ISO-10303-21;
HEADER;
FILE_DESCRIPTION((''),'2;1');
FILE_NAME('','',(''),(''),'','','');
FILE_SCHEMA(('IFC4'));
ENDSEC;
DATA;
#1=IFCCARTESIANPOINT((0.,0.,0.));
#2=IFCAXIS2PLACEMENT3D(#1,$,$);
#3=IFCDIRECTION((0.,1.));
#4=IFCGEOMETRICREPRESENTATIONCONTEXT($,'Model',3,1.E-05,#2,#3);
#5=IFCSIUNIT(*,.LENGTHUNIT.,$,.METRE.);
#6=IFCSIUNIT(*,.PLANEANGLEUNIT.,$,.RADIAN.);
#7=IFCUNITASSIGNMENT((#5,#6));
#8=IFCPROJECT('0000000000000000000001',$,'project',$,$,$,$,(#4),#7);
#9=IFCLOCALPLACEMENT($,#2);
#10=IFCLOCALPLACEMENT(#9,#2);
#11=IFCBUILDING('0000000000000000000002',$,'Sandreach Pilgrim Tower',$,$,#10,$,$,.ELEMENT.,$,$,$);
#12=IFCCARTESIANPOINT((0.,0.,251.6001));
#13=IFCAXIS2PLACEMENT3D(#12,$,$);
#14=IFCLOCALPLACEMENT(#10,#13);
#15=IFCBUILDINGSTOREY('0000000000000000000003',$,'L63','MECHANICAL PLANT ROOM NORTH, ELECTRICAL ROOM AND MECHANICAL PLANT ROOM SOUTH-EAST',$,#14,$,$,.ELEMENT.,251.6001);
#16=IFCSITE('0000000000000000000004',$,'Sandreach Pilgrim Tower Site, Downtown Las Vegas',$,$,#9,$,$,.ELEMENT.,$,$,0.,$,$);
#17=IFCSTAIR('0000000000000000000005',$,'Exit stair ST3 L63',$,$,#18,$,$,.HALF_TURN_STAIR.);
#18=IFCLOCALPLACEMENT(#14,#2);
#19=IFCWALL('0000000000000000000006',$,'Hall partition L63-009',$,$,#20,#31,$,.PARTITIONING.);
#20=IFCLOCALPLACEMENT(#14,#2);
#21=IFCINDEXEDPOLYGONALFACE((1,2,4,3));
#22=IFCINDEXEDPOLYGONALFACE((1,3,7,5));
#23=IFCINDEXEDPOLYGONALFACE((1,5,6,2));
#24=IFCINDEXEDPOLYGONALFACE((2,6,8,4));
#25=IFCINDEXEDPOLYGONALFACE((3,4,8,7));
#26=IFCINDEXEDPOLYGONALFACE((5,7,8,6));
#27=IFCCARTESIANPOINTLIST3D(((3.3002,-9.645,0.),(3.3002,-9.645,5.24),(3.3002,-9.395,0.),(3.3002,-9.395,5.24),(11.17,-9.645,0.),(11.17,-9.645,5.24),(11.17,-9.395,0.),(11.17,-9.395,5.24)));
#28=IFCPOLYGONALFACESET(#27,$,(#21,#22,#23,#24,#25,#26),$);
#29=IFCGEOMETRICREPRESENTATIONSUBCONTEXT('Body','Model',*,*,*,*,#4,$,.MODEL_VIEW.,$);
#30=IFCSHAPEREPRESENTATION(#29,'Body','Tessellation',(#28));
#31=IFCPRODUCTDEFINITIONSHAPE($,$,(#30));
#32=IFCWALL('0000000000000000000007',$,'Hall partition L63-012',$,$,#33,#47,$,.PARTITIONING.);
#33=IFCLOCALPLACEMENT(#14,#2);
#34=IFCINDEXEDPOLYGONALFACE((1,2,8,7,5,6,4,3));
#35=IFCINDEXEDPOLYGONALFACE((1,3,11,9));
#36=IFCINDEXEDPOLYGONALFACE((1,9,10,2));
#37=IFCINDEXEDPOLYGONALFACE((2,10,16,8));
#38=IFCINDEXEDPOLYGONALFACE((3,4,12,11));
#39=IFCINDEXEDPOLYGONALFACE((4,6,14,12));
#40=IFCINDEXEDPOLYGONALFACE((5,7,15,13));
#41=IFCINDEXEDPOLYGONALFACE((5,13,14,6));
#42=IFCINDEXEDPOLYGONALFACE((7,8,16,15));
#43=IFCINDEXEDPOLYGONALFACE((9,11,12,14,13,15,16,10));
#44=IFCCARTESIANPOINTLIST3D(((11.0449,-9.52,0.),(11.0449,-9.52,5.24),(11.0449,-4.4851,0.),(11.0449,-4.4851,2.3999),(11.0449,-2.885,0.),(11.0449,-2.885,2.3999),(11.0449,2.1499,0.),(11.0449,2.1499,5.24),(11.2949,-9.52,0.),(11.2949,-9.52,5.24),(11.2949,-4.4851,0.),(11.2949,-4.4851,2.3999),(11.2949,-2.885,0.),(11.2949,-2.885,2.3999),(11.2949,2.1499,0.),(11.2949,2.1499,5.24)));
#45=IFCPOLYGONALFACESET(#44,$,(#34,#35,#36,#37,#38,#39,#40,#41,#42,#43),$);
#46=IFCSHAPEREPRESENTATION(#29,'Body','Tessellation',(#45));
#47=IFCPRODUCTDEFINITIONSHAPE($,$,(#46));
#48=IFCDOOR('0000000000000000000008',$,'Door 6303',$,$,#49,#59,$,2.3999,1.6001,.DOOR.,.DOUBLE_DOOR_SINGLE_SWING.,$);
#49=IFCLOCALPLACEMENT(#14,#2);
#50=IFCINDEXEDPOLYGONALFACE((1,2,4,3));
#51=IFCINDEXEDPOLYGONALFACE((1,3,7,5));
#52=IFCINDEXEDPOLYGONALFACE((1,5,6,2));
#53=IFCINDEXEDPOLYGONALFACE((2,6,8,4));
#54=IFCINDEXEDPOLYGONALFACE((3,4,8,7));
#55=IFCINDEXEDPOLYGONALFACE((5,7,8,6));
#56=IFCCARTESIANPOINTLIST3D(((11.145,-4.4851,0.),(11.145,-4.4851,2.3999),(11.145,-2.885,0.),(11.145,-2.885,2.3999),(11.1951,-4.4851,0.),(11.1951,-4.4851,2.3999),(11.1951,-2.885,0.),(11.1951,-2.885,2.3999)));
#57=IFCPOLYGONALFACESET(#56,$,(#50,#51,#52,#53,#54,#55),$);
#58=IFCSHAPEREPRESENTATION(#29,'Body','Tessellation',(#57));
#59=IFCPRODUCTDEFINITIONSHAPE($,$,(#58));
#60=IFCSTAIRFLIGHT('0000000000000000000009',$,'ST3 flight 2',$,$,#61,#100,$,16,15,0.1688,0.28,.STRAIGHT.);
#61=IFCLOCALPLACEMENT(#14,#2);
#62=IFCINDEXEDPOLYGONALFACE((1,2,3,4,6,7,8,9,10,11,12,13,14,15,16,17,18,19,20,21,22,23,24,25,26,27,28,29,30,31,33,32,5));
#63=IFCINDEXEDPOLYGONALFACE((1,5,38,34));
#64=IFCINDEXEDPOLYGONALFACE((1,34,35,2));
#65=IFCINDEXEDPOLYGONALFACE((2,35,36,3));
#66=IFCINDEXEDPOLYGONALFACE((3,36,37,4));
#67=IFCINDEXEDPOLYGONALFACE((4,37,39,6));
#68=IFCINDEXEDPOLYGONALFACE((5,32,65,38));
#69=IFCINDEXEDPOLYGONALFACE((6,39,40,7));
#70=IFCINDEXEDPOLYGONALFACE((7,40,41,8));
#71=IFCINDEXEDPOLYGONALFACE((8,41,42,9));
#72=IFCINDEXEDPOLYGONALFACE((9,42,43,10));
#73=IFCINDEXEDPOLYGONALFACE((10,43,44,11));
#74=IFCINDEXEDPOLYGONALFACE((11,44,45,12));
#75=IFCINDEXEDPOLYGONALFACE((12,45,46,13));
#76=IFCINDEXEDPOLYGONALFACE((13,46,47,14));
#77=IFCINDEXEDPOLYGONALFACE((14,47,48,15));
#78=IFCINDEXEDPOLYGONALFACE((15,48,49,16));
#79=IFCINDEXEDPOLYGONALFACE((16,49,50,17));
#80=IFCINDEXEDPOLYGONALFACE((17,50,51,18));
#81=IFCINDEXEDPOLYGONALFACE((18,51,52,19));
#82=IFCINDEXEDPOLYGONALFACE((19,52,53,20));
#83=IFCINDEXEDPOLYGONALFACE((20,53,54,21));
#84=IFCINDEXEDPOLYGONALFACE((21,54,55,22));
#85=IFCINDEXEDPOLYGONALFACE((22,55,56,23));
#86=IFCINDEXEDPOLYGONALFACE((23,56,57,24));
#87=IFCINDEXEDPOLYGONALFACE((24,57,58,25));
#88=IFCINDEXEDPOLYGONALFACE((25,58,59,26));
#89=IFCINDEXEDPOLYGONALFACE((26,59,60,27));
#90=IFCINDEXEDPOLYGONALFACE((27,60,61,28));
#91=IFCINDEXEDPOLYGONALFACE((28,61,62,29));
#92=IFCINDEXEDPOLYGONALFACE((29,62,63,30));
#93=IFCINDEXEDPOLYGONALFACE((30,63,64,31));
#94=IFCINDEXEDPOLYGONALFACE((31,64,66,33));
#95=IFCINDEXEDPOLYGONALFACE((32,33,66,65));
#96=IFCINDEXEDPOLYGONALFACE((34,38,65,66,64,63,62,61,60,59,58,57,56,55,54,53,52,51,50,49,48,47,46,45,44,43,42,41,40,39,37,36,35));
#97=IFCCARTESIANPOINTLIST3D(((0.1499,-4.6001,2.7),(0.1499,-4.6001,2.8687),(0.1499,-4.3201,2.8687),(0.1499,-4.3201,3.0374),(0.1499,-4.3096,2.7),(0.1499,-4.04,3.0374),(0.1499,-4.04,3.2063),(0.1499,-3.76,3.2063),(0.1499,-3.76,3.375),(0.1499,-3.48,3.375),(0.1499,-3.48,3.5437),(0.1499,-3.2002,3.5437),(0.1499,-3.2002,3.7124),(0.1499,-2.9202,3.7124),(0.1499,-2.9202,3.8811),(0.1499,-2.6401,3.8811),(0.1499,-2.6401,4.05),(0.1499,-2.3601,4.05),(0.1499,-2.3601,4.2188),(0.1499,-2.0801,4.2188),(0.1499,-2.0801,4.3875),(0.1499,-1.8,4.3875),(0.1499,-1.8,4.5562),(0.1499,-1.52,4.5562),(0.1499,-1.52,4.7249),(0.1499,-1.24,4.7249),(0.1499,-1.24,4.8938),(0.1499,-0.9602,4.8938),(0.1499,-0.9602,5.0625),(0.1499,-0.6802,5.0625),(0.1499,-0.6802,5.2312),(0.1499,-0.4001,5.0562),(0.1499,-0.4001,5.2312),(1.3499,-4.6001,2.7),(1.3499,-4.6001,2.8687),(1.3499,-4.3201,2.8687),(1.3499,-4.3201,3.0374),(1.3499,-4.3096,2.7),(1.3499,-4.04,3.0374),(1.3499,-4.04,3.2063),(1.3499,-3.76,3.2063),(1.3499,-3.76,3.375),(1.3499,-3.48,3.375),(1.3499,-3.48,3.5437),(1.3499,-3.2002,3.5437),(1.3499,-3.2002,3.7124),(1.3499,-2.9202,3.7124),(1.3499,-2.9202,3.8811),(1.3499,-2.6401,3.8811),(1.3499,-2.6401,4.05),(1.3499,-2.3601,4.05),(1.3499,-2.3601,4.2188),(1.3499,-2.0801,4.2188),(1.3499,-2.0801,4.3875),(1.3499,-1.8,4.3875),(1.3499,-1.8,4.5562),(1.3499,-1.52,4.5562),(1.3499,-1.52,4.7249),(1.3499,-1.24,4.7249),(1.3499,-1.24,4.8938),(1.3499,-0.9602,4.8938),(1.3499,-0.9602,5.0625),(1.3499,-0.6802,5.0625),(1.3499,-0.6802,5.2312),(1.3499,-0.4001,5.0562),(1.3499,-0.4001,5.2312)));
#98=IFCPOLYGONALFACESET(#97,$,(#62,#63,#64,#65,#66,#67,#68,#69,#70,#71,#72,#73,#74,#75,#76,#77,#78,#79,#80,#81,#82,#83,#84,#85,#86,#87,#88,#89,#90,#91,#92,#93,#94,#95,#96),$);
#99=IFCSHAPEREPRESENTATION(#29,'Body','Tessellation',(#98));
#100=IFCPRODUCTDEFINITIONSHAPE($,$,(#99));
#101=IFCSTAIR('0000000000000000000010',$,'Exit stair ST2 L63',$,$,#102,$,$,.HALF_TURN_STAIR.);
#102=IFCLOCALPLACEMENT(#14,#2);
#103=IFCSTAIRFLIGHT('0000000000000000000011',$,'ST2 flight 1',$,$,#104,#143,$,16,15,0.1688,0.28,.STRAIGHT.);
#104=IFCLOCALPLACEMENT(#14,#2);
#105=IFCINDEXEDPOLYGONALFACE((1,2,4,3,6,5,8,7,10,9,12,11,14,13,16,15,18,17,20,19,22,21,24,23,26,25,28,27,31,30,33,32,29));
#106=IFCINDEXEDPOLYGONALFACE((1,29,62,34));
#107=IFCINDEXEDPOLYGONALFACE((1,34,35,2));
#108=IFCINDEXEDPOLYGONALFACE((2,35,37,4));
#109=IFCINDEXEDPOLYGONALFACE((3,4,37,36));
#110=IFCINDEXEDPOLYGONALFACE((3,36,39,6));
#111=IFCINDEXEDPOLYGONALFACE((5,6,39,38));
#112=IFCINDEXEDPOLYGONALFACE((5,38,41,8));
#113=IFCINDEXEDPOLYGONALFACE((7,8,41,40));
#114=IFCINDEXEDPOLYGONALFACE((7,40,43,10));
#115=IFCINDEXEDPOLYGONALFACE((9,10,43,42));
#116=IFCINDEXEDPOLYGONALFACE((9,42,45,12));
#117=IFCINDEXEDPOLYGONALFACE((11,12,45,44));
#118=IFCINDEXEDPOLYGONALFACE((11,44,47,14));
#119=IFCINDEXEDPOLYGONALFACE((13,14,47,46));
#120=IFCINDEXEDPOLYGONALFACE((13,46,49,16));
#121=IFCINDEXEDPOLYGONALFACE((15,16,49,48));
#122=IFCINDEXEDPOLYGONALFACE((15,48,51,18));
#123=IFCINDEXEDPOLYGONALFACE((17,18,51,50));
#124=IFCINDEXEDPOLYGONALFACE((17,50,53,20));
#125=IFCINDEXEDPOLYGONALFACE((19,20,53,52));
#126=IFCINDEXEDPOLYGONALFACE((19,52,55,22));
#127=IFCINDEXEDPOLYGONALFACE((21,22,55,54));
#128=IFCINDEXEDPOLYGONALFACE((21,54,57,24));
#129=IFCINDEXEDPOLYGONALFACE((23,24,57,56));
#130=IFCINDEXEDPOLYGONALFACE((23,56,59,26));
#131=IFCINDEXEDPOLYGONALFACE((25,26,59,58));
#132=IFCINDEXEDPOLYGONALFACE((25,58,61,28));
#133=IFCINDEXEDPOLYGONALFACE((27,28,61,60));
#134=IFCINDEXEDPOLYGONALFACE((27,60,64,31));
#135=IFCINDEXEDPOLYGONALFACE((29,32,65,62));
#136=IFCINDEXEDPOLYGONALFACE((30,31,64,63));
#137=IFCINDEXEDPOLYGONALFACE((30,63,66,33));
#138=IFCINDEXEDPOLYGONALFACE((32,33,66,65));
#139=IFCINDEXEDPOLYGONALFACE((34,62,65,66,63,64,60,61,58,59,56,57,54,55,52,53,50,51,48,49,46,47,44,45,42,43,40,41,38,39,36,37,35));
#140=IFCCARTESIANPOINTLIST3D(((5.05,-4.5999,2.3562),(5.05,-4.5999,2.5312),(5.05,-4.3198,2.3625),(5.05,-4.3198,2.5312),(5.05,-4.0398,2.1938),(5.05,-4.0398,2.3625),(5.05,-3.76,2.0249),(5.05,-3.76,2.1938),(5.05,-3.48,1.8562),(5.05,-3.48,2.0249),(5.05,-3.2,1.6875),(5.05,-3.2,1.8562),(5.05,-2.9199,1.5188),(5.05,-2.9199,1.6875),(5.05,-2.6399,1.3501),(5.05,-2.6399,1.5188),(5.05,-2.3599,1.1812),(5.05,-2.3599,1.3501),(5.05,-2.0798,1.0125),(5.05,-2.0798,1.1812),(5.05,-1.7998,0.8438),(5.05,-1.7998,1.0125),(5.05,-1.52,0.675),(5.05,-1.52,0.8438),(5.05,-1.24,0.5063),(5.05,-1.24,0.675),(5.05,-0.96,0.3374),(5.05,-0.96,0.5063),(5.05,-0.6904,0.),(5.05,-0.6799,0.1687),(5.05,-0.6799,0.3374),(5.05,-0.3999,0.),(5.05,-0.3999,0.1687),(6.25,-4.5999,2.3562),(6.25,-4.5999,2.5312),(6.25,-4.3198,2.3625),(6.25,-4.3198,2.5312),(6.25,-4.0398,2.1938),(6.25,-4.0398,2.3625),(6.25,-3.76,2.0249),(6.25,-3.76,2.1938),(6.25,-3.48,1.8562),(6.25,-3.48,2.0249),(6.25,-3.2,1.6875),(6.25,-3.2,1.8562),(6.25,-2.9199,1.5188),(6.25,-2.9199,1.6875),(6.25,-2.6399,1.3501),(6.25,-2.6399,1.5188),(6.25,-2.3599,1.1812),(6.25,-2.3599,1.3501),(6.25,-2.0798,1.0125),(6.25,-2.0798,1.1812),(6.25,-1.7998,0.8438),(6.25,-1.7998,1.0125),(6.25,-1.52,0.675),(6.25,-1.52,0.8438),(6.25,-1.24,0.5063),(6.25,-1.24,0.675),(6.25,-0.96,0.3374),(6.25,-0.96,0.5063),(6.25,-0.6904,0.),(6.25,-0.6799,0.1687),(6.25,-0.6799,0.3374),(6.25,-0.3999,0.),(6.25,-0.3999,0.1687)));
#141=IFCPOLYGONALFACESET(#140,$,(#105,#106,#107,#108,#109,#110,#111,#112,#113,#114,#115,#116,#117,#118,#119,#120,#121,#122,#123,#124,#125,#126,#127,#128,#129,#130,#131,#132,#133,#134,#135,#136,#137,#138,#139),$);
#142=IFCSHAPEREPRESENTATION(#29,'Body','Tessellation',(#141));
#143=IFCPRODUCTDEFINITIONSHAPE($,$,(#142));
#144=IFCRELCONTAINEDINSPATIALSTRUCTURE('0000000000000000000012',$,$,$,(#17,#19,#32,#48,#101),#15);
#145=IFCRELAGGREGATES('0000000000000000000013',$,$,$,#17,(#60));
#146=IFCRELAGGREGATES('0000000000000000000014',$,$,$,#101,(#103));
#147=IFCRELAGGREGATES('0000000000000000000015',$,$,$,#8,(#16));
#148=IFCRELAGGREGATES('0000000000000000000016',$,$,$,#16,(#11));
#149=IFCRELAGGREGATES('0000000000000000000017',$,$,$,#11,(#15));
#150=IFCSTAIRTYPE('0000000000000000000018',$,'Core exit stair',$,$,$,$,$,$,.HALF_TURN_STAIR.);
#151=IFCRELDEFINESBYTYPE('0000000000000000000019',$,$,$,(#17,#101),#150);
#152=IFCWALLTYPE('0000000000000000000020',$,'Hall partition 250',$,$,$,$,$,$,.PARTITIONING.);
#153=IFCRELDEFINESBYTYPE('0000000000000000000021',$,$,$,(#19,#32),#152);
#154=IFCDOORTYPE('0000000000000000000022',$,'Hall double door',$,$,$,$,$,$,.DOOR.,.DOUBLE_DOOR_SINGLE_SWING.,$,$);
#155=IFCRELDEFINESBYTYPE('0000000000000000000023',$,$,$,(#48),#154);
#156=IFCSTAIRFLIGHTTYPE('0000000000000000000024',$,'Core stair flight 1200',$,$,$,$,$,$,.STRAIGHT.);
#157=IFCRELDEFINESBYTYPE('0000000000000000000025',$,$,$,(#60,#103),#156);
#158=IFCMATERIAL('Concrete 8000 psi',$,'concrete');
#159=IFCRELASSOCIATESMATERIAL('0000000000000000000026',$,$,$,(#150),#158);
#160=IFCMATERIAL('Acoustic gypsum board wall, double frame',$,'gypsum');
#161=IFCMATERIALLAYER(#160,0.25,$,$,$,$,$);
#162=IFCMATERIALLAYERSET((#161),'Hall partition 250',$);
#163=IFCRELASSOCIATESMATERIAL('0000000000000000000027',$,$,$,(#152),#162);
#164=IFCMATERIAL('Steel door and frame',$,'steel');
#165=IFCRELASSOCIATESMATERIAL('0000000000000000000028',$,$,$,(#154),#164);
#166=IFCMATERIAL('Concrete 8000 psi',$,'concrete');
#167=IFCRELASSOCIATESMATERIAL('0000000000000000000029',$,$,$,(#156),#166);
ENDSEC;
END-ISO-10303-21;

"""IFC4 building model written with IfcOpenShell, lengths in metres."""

from ifc_helpers import new_model, si_unit, direction, frame, frame_2d, origin, place, context, subcontext, project, spatial, polyline, rectangle, outline, extrude, material, layer, layer_set, type_object, element, fill, aggregate, save


model = new_model("IFC4")

# Units and contexts
model_context = context("Model", 3, precision=1e-05, world=origin(), true_north=direction((0.0, 1.0)))
body_context = subcontext(model_context, "Body", "Model", "MODEL_VIEW")
ifc_project = project(units=[si_unit("LENGTHUNIT", "METRE"), si_unit("PLANEANGLEUNIT", "RADIAN")], contexts=[model_context])

# Site, building, storey
site_placement = place(None, origin())
site = spatial("IfcSite", under=ifc_project, at=site_placement, Name="Sandreach Pilgrim Tower Site, Downtown Las Vegas", CompositionType="ELEMENT", RefElevation=0.0)
building_placement = place(site_placement, origin())
building = spatial("IfcBuilding", under=site, at=building_placement, Name="Sandreach Pilgrim Tower", CompositionType="ELEMENT")
storey_placement = place(building_placement, frame((0.0, 0.0, 251.6001)))
storey = spatial("IfcBuildingStorey", under=building, at=storey_placement, Name="L63", Description="MECHANICAL PLANT ROOM NORTH, ELECTRICAL ROOM AND MECHANICAL PLANT ROOM SOUTH-EAST", CompositionType="ELEMENT", Elevation=251.6001)

# Stair
ifc_material_1 = material(Name="Concrete 8000 psi", Category="concrete")
stair_type = type_object("IfcStairType", Name="Core exit stair", PredefinedType="HALF_TURN_STAIR", material=ifc_material_1)
stair_1_placement = place(storey_placement, origin())
stair_1 = element("IfcStair", 1, at=stair_1_placement, inside=storey, type_object=stair_type, Name="Exit stair ST3 L63", PredefinedType="HALF_TURN_STAIR")

# Wall
ifc_material_2 = material(Name="Acoustic gypsum board wall, double frame", Category="gypsum")
ifc_layer_1 = layer(ifc_material_2, 0.25)
ifc_layer_set_1 = layer_set([ifc_layer_1], Name="Hall partition 250")
wall_type_1 = type_object("IfcWallType", Name="Hall partition 250", PredefinedType="PARTITIONING", material=ifc_layer_set_1)
wall_1_placement = place(storey_placement, frame((3.3, -9.52, 0.0), z_axis=(0.0, 0.0, 1.0), x_axis=(1.0, 0.0, 0.0)))
element("IfcWall", 2, at=wall_1_placement, inside=storey, type_object=wall_type_1, Name="Hall partition L63-009", PredefinedType="PARTITIONING", context=body_context, shape_type="SweptSolid", body=[
    extrude(rectangle(XDim=7.8699, YDim=0.25, at=frame_2d((3.9351, 0.0))), origin(), (0.0, 0.0, 1.0), 5.24),
])

# Wall, opening, door
wall_2_placement = place(storey_placement, frame((11.1699, -9.52, 0.0), z_axis=(0.0, 0.0, 1.0), x_axis=(0.0, 1.0, 0.0)))
wall_2 = element("IfcWall", 3, at=wall_2_placement, inside=storey, type_object=wall_type_1, Name="Hall partition L63-012", PredefinedType="PARTITIONING", context=body_context, shape_type="SweptSolid", body=[
    extrude(rectangle(XDim=11.6699, YDim=0.25, at=frame_2d((5.835, 0.0))), origin(), (0.0, 0.0, 1.0), 5.24),
])
opening_1_placement = place(wall_2_placement, frame((5.0349, 0.0, 0.0)))
opening_1 = element("IfcOpeningElement", 4, at=opening_1_placement, cuts=wall_2, PredefinedType="OPENING", context=body_context, shape_type="SweptSolid", body=[
    extrude(rectangle(XDim=1.6001, YDim=2.3999, at=frame_2d((0.8, 1.2))), frame((0.0, 0.125, 0.0), z_axis=(0.0, -1.0, 0.0), x_axis=(1.0, 0.0, 0.0)), (0.0, 0.0, 1.0), 0.25),
])
ifc_material_3 = material(Name="Steel door and frame", Category="steel")
door_type_1 = type_object("IfcDoorType", Name="Hall double door", OperationType="DOUBLE_DOOR_SINGLE_SWING", PredefinedType="DOOR", material=ifc_material_3)
door_1_placement = place(opening_1_placement, origin())
door_1 = element("IfcDoor", 5, at=door_1_placement, inside=storey, type_object=door_type_1, Name="Door 6303", OperationType="DOUBLE_DOOR_SINGLE_SWING", OverallHeight=2.3999, OverallWidth=1.6001, PredefinedType="DOOR", context=body_context, shape_type="SweptSolid", body=[
    extrude(rectangle(XDim=1.6001, YDim=2.3999, at=frame_2d((0.8, 1.2))), frame((0.0, 0.0249, 0.0), z_axis=(0.0, -1.0, 0.0), x_axis=(1.0, 0.0, 0.0)), (0.0, 0.0, 1.0), 0.05),
])
fill(opening_1, door_1)

# Stair flight
ifc_material_4 = material(Name="Concrete 8000 psi", Category="concrete")
stair_flight_type = type_object("IfcStairFlightType", Name="Core stair flight 1200", PredefinedType="STRAIGHT", material=ifc_material_4)
stair_flight_1_placement = place(storey_placement, frame((0.75, -4.6001, 2.7), z_axis=(0.0, 0.0, 1.0), x_axis=(0.0, 1.0, 0.0)))
stair_flight_1 = element("IfcStairFlight", 6, at=stair_flight_1_placement, type_object=stair_flight_type, Name="ST3 flight 2", NumberOfRisers=16, NumberOfTreads=15, PredefinedType="STRAIGHT", RiserHeight=0.1688, TreadLength=0.28, context=body_context, shape_type="SweptSolid", body=[
    extrude(outline(polyline([(0.0, 0.0), (0.0, 0.1687), (0.28, 0.1687), (0.28, 0.3374), (0.5601, 0.3374), (0.5601, 0.5063), (0.8401, 0.5063), (0.8401, 0.675), (1.1201, 0.675), (1.1201, 0.8438), (1.3999, 0.8438), (1.3999, 1.0125), (1.6799, 1.0125), (1.6799, 1.1812), (1.96, 1.1812), (1.96, 1.3501), (2.24, 1.3501), (2.24, 1.5188), (2.52, 1.5188), (2.52, 1.6875), (2.8, 1.6875), (2.8, 1.8562), (3.0801, 1.8562), (3.0801, 2.0249), (3.3601, 2.0249), (3.3601, 2.1938), (3.6399, 2.1938), (3.6399, 2.3625), (3.9199, 2.3625), (3.9199, 2.5312), (4.2, 2.5312), (4.2, 2.7), (4.2, 2.3562), (0.2905, 0.0), (0.0, 0.0)])), frame((0.0, 0.6001, 0.0), z_axis=(0.0, -1.0, 0.0), x_axis=(1.0, 0.0, 0.0)), (0.0, 0.0, 1.0), 1.2),
])
aggregate(stair_1, [stair_flight_1])

# Stair, stair flight
stair_2_placement = place(storey_placement, origin())
stair_2 = element("IfcStair", 7, at=stair_2_placement, inside=storey, type_object=stair_type, Name="Exit stair ST2 L63", PredefinedType="HALF_TURN_STAIR")
stair_flight_2_placement = place(storey_placement, frame((5.6499, -0.3999, 0.0), z_axis=(0.0, 0.0, 1.0), x_axis=(0.0, -1.0, 0.0)))
stair_flight_2 = element("IfcStairFlight", 8, at=stair_flight_2_placement, type_object=stair_flight_type, Name="ST2 flight 1", NumberOfRisers=16, NumberOfTreads=15, PredefinedType="STRAIGHT", RiserHeight=0.1688, TreadLength=0.28, context=body_context, shape_type="SweptSolid", body=[
    extrude(outline(polyline([(0.0, 0.0), (0.0, 0.1687), (0.28, 0.1687), (0.28, 0.3374), (0.5601, 0.3374), (0.5601, 0.5063), (0.8401, 0.5063), (0.8401, 0.675), (1.1201, 0.675), (1.1201, 0.8438), (1.3999, 0.8438), (1.3999, 1.0125), (1.6799, 1.0125), (1.6799, 1.1812), (1.96, 1.1812), (1.96, 1.3501), (2.24, 1.3501), (2.24, 1.5188), (2.52, 1.5188), (2.52, 1.6875), (2.8, 1.6875), (2.8, 1.8562), (3.0801, 1.8562), (3.0801, 2.0249), (3.3601, 2.0249), (3.3601, 2.1938), (3.6399, 2.1938), (3.6399, 2.3625), (3.9199, 2.3625), (3.9199, 2.5312), (4.2, 2.5312), (4.2, 2.7), (4.2, 2.3562), (0.2905, 0.0), (0.0, 0.0)])), frame((0.0, 0.6001, 0.0), z_axis=(0.0, -1.0, 0.0), x_axis=(1.0, 0.0, 0.0)), (0.0, 0.0, 1.0), 1.2),
])
aggregate(stair_2, [stair_flight_2])

save(model, "model.ifc")
